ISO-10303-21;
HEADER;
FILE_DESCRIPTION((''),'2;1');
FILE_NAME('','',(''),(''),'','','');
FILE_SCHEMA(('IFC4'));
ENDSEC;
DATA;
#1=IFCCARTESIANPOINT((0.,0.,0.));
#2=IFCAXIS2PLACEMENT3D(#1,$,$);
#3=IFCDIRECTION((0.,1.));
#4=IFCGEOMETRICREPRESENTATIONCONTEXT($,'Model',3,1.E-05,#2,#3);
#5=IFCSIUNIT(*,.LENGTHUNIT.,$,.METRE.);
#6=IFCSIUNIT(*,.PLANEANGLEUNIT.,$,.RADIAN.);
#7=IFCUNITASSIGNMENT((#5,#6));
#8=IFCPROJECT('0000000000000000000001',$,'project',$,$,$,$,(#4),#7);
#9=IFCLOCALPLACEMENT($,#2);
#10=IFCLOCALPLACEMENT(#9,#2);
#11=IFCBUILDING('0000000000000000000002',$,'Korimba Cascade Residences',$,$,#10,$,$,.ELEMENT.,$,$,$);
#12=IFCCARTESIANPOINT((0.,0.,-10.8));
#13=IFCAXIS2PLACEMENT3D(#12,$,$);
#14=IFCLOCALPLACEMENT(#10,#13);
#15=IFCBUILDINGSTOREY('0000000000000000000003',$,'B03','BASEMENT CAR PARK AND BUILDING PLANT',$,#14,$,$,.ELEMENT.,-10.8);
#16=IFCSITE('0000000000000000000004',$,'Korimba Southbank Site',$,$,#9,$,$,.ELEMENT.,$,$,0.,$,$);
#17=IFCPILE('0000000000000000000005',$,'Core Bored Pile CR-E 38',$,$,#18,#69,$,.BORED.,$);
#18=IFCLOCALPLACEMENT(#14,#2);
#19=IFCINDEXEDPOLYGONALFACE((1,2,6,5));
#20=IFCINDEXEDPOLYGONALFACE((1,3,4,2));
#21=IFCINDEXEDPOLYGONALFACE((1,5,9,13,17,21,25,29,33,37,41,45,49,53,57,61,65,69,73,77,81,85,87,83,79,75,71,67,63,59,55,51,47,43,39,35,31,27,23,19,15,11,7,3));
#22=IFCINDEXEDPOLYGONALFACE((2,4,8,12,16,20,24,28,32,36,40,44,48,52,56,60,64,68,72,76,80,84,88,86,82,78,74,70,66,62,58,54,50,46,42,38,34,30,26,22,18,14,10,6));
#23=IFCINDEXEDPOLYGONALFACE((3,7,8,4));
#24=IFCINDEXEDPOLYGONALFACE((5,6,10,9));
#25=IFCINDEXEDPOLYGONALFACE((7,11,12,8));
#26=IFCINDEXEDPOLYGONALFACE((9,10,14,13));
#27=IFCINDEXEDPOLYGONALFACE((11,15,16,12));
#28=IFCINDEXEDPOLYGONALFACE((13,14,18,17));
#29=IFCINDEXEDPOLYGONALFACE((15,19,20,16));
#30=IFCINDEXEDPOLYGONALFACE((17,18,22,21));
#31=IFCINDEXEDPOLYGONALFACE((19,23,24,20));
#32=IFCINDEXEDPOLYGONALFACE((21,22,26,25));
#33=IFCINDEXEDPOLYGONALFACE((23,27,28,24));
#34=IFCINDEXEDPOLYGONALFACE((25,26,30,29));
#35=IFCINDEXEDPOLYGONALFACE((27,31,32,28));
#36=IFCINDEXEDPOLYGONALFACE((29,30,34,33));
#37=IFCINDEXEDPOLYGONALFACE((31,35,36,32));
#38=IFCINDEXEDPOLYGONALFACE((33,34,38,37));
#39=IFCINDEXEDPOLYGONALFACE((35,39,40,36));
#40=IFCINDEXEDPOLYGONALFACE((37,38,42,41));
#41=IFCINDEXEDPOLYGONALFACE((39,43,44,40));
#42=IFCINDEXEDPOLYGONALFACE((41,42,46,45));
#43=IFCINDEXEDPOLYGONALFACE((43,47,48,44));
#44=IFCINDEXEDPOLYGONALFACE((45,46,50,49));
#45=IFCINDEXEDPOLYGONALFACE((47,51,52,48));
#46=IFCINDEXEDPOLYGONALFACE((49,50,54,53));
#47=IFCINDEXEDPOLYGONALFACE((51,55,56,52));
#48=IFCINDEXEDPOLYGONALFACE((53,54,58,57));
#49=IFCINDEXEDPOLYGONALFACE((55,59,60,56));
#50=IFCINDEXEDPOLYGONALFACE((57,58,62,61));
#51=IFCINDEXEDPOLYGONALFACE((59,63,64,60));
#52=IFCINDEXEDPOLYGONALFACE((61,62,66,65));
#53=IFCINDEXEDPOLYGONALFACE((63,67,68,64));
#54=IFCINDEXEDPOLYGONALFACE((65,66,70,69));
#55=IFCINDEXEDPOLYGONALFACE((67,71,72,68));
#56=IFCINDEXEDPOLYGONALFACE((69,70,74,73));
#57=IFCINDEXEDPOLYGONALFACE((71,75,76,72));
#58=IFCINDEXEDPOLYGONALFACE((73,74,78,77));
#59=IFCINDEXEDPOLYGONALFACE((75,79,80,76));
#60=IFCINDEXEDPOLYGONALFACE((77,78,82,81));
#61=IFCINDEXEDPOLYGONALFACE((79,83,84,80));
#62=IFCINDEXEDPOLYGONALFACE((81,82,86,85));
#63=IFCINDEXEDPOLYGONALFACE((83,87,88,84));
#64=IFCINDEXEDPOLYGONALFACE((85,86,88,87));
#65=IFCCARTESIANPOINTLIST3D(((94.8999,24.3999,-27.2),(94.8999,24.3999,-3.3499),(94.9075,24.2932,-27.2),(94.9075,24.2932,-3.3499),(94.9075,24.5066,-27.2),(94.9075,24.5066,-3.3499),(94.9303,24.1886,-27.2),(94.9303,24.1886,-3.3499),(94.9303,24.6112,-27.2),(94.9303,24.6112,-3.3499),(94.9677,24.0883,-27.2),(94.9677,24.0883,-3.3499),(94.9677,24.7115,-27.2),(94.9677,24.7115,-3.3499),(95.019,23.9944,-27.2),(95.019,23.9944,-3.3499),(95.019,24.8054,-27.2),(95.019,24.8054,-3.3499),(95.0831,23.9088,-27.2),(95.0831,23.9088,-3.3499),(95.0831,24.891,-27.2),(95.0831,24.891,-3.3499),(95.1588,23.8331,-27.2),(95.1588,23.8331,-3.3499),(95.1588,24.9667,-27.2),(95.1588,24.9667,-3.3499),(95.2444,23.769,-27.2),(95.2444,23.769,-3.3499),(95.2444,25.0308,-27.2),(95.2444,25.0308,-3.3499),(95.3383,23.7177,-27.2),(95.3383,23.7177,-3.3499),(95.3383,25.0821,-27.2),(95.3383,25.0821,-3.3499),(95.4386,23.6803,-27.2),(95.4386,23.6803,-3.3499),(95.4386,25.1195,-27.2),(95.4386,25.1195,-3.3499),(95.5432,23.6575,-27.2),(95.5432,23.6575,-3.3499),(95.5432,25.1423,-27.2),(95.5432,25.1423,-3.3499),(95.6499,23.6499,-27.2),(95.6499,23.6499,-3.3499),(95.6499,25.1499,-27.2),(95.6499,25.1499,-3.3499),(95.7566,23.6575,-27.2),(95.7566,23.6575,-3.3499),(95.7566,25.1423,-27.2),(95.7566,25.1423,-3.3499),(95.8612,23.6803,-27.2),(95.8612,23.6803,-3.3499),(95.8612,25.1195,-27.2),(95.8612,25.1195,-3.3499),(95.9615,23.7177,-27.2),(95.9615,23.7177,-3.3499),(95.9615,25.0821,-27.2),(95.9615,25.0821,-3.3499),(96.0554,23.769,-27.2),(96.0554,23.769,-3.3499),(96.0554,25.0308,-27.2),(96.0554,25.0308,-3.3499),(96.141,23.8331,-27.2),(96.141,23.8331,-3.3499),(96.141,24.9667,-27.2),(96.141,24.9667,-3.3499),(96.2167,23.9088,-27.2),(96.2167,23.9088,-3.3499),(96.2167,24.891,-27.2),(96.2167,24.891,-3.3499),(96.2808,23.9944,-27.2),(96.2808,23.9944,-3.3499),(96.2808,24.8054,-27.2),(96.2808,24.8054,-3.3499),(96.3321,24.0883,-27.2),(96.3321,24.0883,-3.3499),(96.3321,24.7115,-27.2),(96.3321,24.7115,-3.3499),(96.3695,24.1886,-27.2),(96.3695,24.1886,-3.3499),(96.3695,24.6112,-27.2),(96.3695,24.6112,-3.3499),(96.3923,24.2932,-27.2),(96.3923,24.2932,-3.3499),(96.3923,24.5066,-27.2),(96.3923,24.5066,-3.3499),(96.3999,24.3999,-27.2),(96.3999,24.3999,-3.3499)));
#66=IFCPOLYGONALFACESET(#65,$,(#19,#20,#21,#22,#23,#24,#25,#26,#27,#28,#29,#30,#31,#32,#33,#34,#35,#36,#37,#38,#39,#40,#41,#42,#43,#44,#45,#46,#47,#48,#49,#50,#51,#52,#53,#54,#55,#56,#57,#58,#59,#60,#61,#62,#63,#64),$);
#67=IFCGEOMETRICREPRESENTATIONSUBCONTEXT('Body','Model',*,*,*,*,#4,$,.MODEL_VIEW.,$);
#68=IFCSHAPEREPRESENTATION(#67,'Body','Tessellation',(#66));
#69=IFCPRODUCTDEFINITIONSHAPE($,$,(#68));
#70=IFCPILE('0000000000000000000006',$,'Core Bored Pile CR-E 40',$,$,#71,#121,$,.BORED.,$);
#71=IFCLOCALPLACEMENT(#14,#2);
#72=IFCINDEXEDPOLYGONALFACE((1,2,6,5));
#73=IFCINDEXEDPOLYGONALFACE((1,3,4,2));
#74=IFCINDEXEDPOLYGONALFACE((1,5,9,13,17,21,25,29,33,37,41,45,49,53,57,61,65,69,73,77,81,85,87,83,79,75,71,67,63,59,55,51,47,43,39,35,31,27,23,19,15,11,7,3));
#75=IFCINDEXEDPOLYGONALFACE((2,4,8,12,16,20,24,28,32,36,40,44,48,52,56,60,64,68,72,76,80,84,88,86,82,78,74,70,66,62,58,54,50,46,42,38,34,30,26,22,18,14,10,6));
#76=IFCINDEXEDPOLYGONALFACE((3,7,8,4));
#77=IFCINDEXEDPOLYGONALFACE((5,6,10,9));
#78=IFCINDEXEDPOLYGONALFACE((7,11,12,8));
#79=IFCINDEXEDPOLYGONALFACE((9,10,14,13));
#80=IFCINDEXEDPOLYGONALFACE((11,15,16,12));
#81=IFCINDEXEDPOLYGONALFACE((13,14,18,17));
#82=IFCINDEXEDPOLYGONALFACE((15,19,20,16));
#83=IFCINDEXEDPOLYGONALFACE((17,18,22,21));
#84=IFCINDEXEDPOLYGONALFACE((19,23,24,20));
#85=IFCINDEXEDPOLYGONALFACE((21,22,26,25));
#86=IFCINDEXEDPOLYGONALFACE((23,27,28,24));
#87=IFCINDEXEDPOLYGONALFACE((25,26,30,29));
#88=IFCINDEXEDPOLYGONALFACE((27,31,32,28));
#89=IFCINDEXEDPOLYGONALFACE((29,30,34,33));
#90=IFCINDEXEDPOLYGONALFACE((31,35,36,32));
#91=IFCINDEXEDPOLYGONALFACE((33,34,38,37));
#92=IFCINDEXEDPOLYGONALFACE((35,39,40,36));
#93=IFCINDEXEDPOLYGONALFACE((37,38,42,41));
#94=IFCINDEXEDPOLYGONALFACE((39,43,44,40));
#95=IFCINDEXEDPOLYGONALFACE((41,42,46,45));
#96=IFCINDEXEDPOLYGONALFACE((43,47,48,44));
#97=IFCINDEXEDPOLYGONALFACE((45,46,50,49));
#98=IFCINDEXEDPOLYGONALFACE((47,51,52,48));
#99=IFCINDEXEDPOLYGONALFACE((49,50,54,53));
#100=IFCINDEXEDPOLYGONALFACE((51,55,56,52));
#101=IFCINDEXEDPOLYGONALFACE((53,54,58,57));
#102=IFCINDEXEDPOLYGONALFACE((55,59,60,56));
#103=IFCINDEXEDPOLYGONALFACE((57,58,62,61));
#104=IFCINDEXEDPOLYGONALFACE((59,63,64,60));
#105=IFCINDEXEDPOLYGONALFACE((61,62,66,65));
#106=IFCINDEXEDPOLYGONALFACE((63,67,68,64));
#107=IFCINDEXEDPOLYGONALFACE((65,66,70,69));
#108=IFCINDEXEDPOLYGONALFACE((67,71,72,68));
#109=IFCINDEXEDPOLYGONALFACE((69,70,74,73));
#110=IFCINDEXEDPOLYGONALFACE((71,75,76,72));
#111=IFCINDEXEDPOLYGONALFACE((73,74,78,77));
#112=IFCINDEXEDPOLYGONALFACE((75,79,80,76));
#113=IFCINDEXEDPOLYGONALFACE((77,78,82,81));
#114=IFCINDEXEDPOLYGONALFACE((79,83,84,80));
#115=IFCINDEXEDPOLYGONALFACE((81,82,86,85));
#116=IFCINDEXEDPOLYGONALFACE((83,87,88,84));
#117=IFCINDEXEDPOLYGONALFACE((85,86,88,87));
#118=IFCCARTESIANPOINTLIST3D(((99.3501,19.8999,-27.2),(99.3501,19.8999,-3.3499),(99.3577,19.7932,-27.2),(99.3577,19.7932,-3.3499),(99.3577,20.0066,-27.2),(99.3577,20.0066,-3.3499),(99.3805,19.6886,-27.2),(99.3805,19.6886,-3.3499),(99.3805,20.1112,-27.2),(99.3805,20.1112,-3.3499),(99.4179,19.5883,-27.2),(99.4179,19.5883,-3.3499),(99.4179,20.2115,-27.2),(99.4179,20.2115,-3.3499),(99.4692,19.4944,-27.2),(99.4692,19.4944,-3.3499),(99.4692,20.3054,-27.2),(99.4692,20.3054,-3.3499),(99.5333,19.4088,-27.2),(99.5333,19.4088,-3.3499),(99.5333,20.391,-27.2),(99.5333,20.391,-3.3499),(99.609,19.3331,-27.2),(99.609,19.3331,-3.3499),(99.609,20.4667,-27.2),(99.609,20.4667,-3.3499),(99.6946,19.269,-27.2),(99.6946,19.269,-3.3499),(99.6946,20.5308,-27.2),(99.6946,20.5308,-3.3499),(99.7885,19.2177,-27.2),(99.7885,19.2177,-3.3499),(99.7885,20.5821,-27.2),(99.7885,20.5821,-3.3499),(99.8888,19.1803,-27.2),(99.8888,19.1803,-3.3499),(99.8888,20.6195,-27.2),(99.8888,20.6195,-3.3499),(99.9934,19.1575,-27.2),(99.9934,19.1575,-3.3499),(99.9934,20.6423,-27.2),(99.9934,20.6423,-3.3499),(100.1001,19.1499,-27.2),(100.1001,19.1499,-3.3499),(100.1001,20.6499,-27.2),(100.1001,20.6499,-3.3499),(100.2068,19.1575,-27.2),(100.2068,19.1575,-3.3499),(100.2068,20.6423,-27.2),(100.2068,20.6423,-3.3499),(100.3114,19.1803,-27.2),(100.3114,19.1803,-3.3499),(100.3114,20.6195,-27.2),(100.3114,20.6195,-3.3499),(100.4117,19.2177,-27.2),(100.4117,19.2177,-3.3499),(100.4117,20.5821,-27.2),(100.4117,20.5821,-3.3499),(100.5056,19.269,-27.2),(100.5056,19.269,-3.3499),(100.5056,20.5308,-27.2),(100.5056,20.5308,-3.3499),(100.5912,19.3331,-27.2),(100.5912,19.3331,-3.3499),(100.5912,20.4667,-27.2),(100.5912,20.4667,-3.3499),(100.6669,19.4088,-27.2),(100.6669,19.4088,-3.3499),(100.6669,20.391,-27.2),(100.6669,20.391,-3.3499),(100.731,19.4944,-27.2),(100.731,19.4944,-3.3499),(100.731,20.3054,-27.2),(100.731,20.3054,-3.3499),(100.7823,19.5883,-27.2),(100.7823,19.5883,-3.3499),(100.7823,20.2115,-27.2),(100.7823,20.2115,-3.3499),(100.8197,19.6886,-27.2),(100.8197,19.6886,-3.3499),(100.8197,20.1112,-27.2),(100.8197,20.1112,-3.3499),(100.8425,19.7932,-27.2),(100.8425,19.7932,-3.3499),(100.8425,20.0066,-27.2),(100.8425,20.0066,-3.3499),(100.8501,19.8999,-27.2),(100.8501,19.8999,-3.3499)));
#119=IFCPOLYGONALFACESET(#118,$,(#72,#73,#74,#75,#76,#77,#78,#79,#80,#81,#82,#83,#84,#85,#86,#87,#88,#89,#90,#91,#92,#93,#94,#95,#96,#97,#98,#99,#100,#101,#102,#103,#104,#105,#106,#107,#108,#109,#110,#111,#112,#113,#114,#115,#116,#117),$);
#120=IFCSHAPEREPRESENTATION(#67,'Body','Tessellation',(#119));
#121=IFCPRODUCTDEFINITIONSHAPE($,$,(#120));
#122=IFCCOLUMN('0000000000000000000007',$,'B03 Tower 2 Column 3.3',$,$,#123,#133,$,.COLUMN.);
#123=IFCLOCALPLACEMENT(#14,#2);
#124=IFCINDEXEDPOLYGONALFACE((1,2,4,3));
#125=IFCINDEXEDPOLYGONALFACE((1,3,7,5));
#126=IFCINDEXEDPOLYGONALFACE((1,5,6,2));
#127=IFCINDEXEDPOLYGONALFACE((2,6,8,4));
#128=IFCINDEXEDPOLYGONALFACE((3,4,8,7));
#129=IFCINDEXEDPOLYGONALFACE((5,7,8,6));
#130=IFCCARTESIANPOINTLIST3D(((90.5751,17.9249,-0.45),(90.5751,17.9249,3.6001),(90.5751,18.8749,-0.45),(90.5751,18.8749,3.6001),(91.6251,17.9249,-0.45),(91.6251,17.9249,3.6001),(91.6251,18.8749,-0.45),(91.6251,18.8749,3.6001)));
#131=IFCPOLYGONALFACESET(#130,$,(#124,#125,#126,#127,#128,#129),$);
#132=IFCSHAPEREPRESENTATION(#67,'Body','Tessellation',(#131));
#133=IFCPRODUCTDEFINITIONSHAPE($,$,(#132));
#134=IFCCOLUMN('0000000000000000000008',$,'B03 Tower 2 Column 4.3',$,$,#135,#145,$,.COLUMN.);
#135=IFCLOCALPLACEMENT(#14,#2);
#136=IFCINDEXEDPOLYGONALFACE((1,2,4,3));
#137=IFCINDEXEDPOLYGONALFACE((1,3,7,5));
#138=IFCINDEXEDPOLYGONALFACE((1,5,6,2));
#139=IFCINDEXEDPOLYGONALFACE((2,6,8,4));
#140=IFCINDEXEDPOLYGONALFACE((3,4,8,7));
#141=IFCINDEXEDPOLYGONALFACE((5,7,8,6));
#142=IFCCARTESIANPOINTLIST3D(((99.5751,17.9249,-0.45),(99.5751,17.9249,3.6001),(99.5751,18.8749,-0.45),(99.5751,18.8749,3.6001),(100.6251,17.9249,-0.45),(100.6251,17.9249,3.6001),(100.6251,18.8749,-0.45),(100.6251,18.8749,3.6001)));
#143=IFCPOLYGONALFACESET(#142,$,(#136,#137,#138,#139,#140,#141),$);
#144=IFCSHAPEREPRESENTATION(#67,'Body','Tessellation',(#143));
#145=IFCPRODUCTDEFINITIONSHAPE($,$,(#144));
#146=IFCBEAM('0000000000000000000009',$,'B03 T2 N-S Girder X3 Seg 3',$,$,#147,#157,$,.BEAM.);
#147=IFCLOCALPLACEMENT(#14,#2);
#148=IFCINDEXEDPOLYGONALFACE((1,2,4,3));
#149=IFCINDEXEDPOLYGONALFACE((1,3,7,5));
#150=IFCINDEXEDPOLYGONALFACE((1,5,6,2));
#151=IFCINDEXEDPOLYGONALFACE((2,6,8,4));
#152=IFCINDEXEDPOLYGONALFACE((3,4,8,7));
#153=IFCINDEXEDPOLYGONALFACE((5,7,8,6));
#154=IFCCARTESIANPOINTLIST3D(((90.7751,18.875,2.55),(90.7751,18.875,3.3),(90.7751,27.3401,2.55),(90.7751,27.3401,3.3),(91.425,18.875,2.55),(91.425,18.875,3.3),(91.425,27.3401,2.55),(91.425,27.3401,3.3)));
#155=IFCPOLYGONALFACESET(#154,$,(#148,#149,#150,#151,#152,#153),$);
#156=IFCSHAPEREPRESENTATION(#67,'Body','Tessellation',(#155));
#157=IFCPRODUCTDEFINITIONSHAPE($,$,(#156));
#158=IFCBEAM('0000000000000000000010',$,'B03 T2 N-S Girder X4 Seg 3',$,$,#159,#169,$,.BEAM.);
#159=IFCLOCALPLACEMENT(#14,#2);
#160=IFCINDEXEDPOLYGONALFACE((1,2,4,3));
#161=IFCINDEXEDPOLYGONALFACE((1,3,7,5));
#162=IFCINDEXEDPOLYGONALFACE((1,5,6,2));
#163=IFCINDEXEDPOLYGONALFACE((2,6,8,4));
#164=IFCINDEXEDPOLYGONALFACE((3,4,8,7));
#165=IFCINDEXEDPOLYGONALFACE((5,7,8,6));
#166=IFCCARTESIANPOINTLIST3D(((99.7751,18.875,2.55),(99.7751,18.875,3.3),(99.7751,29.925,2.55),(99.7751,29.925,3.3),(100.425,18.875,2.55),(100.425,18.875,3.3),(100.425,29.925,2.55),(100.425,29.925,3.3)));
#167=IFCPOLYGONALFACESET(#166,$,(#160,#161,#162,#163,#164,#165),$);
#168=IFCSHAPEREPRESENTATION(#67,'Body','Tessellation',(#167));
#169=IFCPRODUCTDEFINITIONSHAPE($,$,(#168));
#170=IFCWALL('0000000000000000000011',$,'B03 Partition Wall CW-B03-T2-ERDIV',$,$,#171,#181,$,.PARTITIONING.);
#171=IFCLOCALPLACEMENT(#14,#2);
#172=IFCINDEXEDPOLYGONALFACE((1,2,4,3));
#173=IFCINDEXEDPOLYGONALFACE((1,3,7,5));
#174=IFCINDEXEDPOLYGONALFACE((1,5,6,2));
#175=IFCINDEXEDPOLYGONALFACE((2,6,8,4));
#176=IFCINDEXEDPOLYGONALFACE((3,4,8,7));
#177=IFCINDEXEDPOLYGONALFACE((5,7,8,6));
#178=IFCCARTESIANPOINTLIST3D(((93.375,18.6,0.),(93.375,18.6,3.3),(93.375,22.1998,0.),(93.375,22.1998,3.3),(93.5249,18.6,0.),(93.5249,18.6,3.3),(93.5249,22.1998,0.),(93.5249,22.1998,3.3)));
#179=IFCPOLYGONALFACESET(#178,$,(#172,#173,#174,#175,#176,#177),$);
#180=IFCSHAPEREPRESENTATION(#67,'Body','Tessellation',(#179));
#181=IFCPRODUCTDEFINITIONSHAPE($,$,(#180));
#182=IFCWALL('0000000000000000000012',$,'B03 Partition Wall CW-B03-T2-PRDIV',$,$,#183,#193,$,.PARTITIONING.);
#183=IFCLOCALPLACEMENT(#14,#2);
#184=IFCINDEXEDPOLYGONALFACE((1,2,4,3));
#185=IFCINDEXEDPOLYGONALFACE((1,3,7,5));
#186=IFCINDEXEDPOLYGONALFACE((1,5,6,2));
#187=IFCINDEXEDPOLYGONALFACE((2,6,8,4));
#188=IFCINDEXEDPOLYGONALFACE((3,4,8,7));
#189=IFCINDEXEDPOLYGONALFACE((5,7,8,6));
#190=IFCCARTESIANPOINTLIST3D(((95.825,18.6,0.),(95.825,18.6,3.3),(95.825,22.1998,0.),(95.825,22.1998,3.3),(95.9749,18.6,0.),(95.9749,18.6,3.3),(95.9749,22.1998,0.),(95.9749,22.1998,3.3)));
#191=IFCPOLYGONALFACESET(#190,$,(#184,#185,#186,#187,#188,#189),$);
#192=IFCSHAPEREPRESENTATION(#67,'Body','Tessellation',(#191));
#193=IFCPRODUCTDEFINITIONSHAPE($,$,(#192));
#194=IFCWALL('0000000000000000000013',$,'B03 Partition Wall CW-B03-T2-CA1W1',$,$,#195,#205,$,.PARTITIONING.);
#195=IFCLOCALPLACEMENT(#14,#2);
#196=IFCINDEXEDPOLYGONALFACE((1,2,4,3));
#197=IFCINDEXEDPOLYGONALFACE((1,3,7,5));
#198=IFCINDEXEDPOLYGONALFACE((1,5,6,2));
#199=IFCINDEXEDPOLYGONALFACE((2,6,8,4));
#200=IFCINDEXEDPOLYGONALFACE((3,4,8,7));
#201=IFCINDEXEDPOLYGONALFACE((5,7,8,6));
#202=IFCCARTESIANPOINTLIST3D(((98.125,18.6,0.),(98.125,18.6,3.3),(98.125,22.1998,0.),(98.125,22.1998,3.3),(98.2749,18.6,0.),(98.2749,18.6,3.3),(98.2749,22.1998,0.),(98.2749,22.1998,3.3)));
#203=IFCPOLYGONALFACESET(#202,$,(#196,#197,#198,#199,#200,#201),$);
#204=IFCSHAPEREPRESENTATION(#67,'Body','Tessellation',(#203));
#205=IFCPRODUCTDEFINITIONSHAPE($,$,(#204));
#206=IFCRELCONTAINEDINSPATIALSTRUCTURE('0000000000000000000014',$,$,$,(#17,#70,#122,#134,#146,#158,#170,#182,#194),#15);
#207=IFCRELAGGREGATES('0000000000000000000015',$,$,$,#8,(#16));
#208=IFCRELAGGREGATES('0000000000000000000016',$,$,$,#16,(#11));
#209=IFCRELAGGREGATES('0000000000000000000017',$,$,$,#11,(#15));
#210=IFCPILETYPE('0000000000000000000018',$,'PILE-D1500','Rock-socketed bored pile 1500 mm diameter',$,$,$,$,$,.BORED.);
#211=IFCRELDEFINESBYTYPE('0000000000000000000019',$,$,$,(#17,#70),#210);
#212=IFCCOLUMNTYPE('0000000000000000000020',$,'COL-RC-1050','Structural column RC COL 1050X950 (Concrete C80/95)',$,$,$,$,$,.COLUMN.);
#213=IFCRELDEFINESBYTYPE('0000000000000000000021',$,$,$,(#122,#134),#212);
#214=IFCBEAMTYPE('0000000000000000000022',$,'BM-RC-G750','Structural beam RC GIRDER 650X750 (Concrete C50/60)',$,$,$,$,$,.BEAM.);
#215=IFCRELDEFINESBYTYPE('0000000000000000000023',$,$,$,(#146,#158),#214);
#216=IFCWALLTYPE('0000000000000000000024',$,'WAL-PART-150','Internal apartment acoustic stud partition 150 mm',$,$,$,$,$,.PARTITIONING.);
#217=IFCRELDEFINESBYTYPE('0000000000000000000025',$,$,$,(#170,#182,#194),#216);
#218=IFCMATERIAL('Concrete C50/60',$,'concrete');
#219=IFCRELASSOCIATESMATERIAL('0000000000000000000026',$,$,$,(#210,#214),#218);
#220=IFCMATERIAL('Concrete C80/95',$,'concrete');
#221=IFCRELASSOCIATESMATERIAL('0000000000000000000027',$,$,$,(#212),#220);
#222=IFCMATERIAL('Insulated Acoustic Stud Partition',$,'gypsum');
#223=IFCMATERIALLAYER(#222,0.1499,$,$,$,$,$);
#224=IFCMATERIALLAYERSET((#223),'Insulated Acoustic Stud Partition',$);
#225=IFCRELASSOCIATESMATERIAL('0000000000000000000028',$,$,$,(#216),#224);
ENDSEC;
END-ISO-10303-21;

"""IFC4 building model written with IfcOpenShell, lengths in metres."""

from ifc_helpers import new_model, si_unit, direction, frame, frame_2d, origin, origin_2d, place, context, subcontext, project, spatial, rectangle, circle, extrude, material, layer, layer_set, material_profile, profile_set, type_object, element, save


model = new_model("IFC4")

# Units and contexts
model_context = context("Model", 3, precision=1e-05, world=origin(), true_north=direction((0.0, 1.0)))
body_context = subcontext(model_context, "Body", "Model", "MODEL_VIEW")
ifc_project = project(units=[si_unit("LENGTHUNIT", "METRE"), si_unit("PLANEANGLEUNIT", "RADIAN")], contexts=[model_context])

# Site, building, storey
site_placement = place(None, origin())
site = spatial("IfcSite", under=ifc_project, at=site_placement, Name="Korimba Southbank Site", CompositionType="ELEMENT", RefElevation=0.0)
building_placement = place(site_placement, origin())
building = spatial("IfcBuilding", under=site, at=building_placement, Name="Korimba Cascade Residences", CompositionType="ELEMENT")
storey_placement = place(building_placement, frame((0.0, 0.0, -10.8)))
storey = spatial("IfcBuildingStorey", under=building, at=storey_placement, Name="B03", Description="BASEMENT CAR PARK AND BUILDING PLANT", CompositionType="ELEMENT", Elevation=-10.8)

# Piles
ifc_material_1 = material(Name="Concrete C50/60", Category="concrete")
ifc_material_profile_1 = material_profile(ifc_material_1, circle(Radius=0.75, at=origin_2d()), Name="Concrete C50/60")
ifc_profile_set_1 = profile_set([ifc_material_profile_1], Name="Concrete C50/60")
pile_type = type_object("IfcPileType", Name="PILE-D1500", Description="Rock-socketed bored pile 1500 mm diameter", PredefinedType="BORED", material=ifc_profile_set_1)
for number, where, z_axis, x_axis, name in (
    (1, (95.6499, 24.3999, -3.3499), (0.0, 0.0, -1.0), (1.0, 0.0, 0.0), "Core Bored Pile CR-E 38"),
    (2, (100.1001, 19.8999, -3.3499), (0.0, 0.0, -1.0), (1.0, 0.0, 0.0), "Core Bored Pile CR-E 40"),
):
    element("IfcPile", number, at=place(storey_placement, frame(where, z_axis=z_axis, x_axis=x_axis)), inside=storey, type_object=pile_type, Name=name, PredefinedType="BORED", context=body_context, shape_type="SweptSolid", body=[
        extrude(circle(Radius=0.75, at=origin_2d()), origin(), (0.0, 0.0, 1.0), 23.8501),
    ])

# Columns
ifc_material_2 = material(Name="Concrete C80/95", Category="concrete")
ifc_material_profile_2 = material_profile(ifc_material_2, rectangle(XDim=1.05, YDim=0.95, at=origin_2d()), Name="Concrete C80/95")
ifc_profile_set_2 = profile_set([ifc_material_profile_2], Name="Concrete C80/95")
column_type = type_object("IfcColumnType", Name="COL-RC-1050", Description="Structural column RC COL 1050X950 (Concrete C80/95)", PredefinedType="COLUMN", material=ifc_profile_set_2)
for number, where, z_axis, x_axis, name in (
    (3, (91.1001, 18.3999, -0.45), (0.0, 0.0, 1.0), (1.0, 0.0, 0.0), "B03 Tower 2 Column 3.3"),
    (4, (100.1001, 18.3999, -0.45), (0.0, 0.0, 1.0), (1.0, 0.0, 0.0), "B03 Tower 2 Column 4.3"),
):
    element("IfcColumn", number, at=place(storey_placement, frame(where, z_axis=z_axis, x_axis=x_axis)), inside=storey, type_object=column_type, Name=name, PredefinedType="COLUMN", context=body_context, shape_type="SweptSolid", body=[
        extrude(rectangle(XDim=1.05, YDim=0.95, at=origin_2d()), origin(), (0.0, 0.0, 1.0), 4.05),
    ])

# Beams
ifc_material_profile_3 = material_profile(ifc_material_1, rectangle(XDim=0.6499, YDim=0.75, at=origin_2d()), Name="Concrete C50/60")
ifc_profile_set_3 = profile_set([ifc_material_profile_3], Name="Concrete C50/60")
beam_type = type_object("IfcBeamType", Name="BM-RC-G750", Description="Structural beam RC GIRDER 650X750 (Concrete C50/60)", PredefinedType="BEAM", material=ifc_profile_set_3)
beam_1_placement = place(storey_placement, frame((91.1001, 18.875, 2.925), z_axis=(0.0, 1.0, 0.0), x_axis=(-1.0, 0.0, 0.0)))
element("IfcBeam", 5, at=beam_1_placement, inside=storey, type_object=beam_type, Name="B03 T2 N-S Girder X3 Seg 3", PredefinedType="BEAM", context=body_context, shape_type="SweptSolid", body=[
    extrude(rectangle(XDim=0.6499, YDim=0.75, at=origin_2d()), origin(), (0.0, 0.0, 1.0), 8.4651),
])
beam_2_placement = place(storey_placement, frame((100.1001, 18.875, 2.925), z_axis=(0.0, 1.0, 0.0), x_axis=(-1.0, 0.0, 0.0)))
element("IfcBeam", 6, at=beam_2_placement, inside=storey, type_object=beam_type, Name="B03 T2 N-S Girder X4 Seg 3", PredefinedType="BEAM", context=body_context, shape_type="SweptSolid", body=[
    extrude(rectangle(XDim=0.6499, YDim=0.75, at=origin_2d()), origin(), (0.0, 0.0, 1.0), 11.05),
])

# Walls
ifc_material_3 = material(Name="Insulated Acoustic Stud Partition", Category="gypsum")
ifc_layer_1 = layer(ifc_material_3, 0.1499)
ifc_layer_set_1 = layer_set([ifc_layer_1], Name="Insulated Acoustic Stud Partition")
wall_type_1 = type_object("IfcWallType", Name="WAL-PART-150", Description="Internal apartment acoustic stud partition 150 mm", PredefinedType="PARTITIONING", material=ifc_layer_set_1)
for number, where, z_axis, x_axis, name in (
    (7, (93.45, 18.6001, 0.0), (0.0, 0.0, 1.0), (0.0, 1.0, 0.0), "B03 Partition Wall CW-B03-T2-ERDIV"),
    (8, (95.8999, 18.6001, 0.0), (0.0, 0.0, 1.0), (0.0, 1.0, 0.0), "B03 Partition Wall CW-B03-T2-PRDIV"),
    (9, (98.2, 18.6001, 0.0), (0.0, 0.0, 1.0), (0.0, 1.0, 0.0), "B03 Partition Wall CW-B03-T2-CA1W1"),
):
    element("IfcWall", number, at=place(storey_placement, frame(where, z_axis=z_axis, x_axis=x_axis)), inside=storey, type_object=wall_type_1, Name=name, PredefinedType="PARTITIONING", context=body_context, shape_type="SweptSolid", body=[
        extrude(rectangle(XDim=3.5999, YDim=0.1499, at=frame_2d((1.7998, 0.0))), origin(), (0.0, 0.0, 1.0), 3.3),
    ])

save(model, "model.ifc")
